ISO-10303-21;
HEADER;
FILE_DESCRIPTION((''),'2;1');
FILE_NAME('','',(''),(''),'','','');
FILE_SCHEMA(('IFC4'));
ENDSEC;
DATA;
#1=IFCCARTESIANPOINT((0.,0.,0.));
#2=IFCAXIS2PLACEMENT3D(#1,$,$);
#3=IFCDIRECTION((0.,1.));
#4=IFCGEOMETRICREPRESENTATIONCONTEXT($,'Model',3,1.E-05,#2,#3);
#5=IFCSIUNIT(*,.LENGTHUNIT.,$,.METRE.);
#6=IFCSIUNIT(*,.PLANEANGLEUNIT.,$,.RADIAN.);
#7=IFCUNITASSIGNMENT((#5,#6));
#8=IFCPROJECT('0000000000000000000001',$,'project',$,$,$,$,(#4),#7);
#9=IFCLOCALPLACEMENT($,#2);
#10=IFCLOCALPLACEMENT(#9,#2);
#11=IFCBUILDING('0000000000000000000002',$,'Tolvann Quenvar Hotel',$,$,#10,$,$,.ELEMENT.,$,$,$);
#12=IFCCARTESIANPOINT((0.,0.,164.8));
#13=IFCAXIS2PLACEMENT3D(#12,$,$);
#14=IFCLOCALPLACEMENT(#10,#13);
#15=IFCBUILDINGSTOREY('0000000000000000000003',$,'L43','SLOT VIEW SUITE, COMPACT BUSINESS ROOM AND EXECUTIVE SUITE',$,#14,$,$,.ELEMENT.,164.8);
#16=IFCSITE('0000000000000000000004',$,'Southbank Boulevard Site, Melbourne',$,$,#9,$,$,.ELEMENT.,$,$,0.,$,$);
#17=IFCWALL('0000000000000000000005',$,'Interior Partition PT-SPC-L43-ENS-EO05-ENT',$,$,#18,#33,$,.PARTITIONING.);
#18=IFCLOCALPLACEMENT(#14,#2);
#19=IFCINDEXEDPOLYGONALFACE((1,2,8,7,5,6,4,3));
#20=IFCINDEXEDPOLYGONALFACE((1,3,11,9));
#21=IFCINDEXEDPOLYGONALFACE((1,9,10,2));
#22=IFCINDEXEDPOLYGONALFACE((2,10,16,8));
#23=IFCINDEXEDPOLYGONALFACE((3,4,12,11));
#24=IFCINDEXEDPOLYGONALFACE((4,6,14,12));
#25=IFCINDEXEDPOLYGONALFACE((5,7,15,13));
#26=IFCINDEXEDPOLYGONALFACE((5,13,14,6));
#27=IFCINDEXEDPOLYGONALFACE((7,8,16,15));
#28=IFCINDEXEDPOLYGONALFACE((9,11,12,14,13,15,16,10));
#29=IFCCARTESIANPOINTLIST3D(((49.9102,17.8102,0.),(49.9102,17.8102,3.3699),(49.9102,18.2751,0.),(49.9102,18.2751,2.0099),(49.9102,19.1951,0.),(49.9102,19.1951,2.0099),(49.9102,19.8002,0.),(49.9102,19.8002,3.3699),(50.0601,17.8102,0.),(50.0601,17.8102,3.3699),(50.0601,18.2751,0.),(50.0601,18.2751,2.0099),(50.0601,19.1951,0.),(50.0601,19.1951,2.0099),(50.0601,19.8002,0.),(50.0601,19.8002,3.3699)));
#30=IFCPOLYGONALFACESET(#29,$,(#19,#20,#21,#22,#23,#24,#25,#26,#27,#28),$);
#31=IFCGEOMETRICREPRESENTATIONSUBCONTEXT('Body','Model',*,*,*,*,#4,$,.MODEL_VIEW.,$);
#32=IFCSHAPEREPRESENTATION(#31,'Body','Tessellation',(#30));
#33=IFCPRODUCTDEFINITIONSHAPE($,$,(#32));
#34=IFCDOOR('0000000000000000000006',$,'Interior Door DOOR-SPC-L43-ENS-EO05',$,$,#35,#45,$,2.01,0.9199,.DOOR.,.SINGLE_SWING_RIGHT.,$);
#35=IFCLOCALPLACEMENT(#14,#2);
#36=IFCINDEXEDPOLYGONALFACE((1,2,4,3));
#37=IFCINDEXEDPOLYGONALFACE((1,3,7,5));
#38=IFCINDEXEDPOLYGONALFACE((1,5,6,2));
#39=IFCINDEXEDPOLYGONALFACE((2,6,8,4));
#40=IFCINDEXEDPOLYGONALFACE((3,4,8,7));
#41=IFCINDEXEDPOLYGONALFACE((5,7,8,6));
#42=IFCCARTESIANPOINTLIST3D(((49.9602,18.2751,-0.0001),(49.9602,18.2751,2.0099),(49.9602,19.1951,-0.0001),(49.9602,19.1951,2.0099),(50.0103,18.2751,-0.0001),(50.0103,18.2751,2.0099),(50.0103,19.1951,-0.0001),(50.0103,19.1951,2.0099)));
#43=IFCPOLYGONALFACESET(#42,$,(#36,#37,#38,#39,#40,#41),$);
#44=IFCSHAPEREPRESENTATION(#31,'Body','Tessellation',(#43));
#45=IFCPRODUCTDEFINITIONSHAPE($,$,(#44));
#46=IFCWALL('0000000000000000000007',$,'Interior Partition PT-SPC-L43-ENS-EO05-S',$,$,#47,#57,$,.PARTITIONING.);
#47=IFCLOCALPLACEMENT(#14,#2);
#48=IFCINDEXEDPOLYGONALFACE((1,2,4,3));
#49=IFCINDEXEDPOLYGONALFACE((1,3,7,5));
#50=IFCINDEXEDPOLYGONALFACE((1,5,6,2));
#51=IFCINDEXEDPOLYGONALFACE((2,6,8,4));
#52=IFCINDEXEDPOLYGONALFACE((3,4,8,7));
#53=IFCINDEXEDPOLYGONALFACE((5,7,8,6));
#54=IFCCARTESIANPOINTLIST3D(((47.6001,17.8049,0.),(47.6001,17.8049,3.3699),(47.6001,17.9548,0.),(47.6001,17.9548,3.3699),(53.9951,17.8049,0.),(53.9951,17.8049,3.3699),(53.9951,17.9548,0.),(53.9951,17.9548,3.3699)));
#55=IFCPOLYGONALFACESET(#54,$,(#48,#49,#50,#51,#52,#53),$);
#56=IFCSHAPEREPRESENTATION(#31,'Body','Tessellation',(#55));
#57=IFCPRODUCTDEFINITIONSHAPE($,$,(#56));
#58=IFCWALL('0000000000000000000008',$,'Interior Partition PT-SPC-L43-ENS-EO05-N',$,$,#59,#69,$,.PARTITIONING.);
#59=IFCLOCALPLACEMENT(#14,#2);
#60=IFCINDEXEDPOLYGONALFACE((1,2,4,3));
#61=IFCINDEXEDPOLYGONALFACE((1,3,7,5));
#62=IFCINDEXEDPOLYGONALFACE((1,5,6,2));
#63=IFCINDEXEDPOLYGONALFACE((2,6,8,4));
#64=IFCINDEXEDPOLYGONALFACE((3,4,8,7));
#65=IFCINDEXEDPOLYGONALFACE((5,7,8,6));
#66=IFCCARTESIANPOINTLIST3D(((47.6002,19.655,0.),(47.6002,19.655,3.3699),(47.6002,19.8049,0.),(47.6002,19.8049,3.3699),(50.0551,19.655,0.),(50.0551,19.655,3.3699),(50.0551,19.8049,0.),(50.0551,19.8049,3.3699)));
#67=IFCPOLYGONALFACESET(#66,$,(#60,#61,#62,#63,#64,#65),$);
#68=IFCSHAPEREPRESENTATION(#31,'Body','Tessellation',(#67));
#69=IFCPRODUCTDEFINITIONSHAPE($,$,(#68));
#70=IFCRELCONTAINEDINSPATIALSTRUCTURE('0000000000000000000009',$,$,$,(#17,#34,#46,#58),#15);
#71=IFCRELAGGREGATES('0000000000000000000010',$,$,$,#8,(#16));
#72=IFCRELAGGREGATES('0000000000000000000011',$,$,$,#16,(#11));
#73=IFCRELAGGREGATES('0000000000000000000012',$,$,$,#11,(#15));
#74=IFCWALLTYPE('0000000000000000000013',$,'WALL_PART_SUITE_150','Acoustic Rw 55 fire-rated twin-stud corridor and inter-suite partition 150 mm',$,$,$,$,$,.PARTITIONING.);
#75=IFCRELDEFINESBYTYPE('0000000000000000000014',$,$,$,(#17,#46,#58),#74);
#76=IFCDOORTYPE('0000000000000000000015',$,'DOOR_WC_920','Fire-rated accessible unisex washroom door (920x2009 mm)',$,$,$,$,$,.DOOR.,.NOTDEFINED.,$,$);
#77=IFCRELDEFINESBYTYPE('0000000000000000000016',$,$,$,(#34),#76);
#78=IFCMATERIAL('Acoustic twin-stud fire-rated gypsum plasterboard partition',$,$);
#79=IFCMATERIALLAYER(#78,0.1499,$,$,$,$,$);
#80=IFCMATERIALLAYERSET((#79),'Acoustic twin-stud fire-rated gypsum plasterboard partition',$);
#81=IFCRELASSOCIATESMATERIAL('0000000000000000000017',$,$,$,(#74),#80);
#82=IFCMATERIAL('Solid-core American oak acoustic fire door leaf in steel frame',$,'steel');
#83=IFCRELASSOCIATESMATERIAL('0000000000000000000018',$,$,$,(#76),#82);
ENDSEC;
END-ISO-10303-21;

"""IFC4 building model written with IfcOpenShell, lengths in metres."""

from ifc_helpers import new_model, si_unit, direction, frame, frame_2d, origin, place, context, subcontext, project, spatial, rectangle, extrude, source, transform, mapped, material, layer, layer_set, type_object, type_shapes, element, fill, save


model = new_model("IFC4")

# Units and contexts
model_context = context("Model", 3, precision=1e-05, world=origin(), true_north=direction((0.0, 1.0)))
body_context = subcontext(model_context, "Body", "Model", "MODEL_VIEW")
ifc_project = project(units=[si_unit("LENGTHUNIT", "METRE"), si_unit("PLANEANGLEUNIT", "RADIAN")], contexts=[model_context])

# Site, building, storey
site_placement = place(None, origin())
site = spatial("IfcSite", under=ifc_project, at=site_placement, Name="Southbank Boulevard Site, Melbourne", CompositionType="ELEMENT", RefElevation=0.0)
building_placement = place(site_placement, origin())
building = spatial("IfcBuilding", under=site, at=building_placement, Name="Tolvann Quenvar Hotel", CompositionType="ELEMENT")
storey_placement = place(building_placement, frame((0.0, 0.0, 164.8)))
storey = spatial("IfcBuildingStorey", under=building, at=storey_placement, Name="L43", Description="SLOT VIEW SUITE, COMPACT BUSINESS ROOM AND EXECUTIVE SUITE", CompositionType="ELEMENT", Elevation=164.8)

# Shared definitions
ifc_material_1 = material(Name="Acoustic twin-stud fire-rated gypsum plasterboard partition")
ifc_layer_1 = layer(ifc_material_1, 0.1499)
ifc_layer_set_1 = layer_set([ifc_layer_1], Name="Acoustic twin-stud fire-rated gypsum plasterboard partition")
wall_type_1 = type_object("IfcWallType", Name="WALL_PART_SUITE_150", Description="Acoustic Rw 55 fire-rated twin-stud corridor and inter-suite partition 150 mm", PredefinedType="PARTITIONING", material=ifc_layer_set_1)
ifc_material_2 = material(Name="Solid-core American oak acoustic fire door leaf in steel frame", Category="steel")
door_type_1 = type_object("IfcDoorType", Name="DOOR_WC_920", Description="Fire-rated accessible unisex washroom door (920x2009 mm)", OperationType="NOTDEFINED", PredefinedType="DOOR", material=ifc_material_2)
shared_shape_1 = source(origin(), body_context, "Body", "SweptSolid", [
    extrude(rectangle(XDim=0.9199, YDim=2.01, at=frame_2d((0.46, 1.0049))), frame((0.0, 0.0249, 0.0), z_axis=(0.0, -1.0, 0.0), x_axis=(1.0, 0.0, 0.0)), (0.0, 0.0, 1.0), 0.05),
])
type_shapes(door_type_1, [shared_shape_1])

# Wall, opening, door
wall_1_placement = place(storey_placement, frame((49.9851, 17.8101, 0.0), z_axis=(0.0, 0.0, 1.0), x_axis=(0.0, 1.0, 0.0)))
wall_1 = element("IfcWall", 1, at=wall_1_placement, inside=storey, type_object=wall_type_1, Name="Interior Partition PT-SPC-L43-ENS-EO05-ENT", PredefinedType="PARTITIONING", context=body_context, shape_type="SweptSolid", body=[
    extrude(rectangle(XDim=1.99, YDim=0.1499, at=frame_2d((0.9951, 0.0))), origin(), (0.0, 0.0, 1.0), 3.3699),
])
opening_1_placement = place(wall_1_placement, frame((0.4651, 0.0, 0.0)))
opening_1 = element("IfcOpeningElement", 2, at=opening_1_placement, cuts=wall_1, PredefinedType="OPENING", context=body_context, shape_type="SweptSolid", body=[
    extrude(rectangle(XDim=0.9199, YDim=2.01, at=frame_2d((0.46, 1.0049))), frame((0.0, 0.085, 0.0), z_axis=(0.0, -1.0, 0.0), x_axis=(1.0, 0.0, 0.0)), (0.0, 0.0, 1.0), 0.1699),
])
door_1_placement = place(opening_1_placement, origin())
door_1 = element("IfcDoor", 3, at=door_1_placement, inside=storey, type_object=door_type_1, Name="Interior Door DOOR-SPC-L43-ENS-EO05", OperationType="SINGLE_SWING_RIGHT", OverallHeight=2.01, OverallWidth=0.9199, PredefinedType="DOOR", context=body_context, shape_type="MappedRepresentation", body=[
    mapped(shared_shape_1, transform((0.0, 0.0, 0.0), x_axis=(1.0, 0.0, 0.0), y_axis=(0.0, 1.0, 0.0), z_axis=(0.0, 0.0, 1.0), scale=1.0)),
])
fill(opening_1, door_1)

# Walls
wall_2_placement = place(storey_placement, frame((47.6001, 17.8799, 0.0), z_axis=(0.0, 0.0, 1.0), x_axis=(1.0, 0.0, 0.0)))
element("IfcWall", 4, at=wall_2_placement, inside=storey, type_object=wall_type_1, Name="Interior Partition PT-SPC-L43-ENS-EO05-S", PredefinedType="PARTITIONING", context=body_context, shape_type="SweptSolid", body=[
    extrude(rectangle(XDim=6.395, YDim=0.1499, at=frame_2d((3.1975, 0.0))), origin(), (0.0, 0.0, 1.0), 3.3699),
])
wall_3_placement = place(storey_placement, frame((47.6001, 19.73, 0.0), z_axis=(0.0, 0.0, 1.0), x_axis=(1.0, 0.0, 0.0)))
element("IfcWall", 5, at=wall_3_placement, inside=storey, type_object=wall_type_1, Name="Interior Partition PT-SPC-L43-ENS-EO05-N", PredefinedType="PARTITIONING", context=body_context, shape_type="SweptSolid", body=[
    extrude(rectangle(XDim=2.4548, YDim=0.1499, at=frame_2d((1.2275, 0.0))), origin(), (0.0, 0.0, 1.0), 3.3699),
])

save(model, "model.ifc")
